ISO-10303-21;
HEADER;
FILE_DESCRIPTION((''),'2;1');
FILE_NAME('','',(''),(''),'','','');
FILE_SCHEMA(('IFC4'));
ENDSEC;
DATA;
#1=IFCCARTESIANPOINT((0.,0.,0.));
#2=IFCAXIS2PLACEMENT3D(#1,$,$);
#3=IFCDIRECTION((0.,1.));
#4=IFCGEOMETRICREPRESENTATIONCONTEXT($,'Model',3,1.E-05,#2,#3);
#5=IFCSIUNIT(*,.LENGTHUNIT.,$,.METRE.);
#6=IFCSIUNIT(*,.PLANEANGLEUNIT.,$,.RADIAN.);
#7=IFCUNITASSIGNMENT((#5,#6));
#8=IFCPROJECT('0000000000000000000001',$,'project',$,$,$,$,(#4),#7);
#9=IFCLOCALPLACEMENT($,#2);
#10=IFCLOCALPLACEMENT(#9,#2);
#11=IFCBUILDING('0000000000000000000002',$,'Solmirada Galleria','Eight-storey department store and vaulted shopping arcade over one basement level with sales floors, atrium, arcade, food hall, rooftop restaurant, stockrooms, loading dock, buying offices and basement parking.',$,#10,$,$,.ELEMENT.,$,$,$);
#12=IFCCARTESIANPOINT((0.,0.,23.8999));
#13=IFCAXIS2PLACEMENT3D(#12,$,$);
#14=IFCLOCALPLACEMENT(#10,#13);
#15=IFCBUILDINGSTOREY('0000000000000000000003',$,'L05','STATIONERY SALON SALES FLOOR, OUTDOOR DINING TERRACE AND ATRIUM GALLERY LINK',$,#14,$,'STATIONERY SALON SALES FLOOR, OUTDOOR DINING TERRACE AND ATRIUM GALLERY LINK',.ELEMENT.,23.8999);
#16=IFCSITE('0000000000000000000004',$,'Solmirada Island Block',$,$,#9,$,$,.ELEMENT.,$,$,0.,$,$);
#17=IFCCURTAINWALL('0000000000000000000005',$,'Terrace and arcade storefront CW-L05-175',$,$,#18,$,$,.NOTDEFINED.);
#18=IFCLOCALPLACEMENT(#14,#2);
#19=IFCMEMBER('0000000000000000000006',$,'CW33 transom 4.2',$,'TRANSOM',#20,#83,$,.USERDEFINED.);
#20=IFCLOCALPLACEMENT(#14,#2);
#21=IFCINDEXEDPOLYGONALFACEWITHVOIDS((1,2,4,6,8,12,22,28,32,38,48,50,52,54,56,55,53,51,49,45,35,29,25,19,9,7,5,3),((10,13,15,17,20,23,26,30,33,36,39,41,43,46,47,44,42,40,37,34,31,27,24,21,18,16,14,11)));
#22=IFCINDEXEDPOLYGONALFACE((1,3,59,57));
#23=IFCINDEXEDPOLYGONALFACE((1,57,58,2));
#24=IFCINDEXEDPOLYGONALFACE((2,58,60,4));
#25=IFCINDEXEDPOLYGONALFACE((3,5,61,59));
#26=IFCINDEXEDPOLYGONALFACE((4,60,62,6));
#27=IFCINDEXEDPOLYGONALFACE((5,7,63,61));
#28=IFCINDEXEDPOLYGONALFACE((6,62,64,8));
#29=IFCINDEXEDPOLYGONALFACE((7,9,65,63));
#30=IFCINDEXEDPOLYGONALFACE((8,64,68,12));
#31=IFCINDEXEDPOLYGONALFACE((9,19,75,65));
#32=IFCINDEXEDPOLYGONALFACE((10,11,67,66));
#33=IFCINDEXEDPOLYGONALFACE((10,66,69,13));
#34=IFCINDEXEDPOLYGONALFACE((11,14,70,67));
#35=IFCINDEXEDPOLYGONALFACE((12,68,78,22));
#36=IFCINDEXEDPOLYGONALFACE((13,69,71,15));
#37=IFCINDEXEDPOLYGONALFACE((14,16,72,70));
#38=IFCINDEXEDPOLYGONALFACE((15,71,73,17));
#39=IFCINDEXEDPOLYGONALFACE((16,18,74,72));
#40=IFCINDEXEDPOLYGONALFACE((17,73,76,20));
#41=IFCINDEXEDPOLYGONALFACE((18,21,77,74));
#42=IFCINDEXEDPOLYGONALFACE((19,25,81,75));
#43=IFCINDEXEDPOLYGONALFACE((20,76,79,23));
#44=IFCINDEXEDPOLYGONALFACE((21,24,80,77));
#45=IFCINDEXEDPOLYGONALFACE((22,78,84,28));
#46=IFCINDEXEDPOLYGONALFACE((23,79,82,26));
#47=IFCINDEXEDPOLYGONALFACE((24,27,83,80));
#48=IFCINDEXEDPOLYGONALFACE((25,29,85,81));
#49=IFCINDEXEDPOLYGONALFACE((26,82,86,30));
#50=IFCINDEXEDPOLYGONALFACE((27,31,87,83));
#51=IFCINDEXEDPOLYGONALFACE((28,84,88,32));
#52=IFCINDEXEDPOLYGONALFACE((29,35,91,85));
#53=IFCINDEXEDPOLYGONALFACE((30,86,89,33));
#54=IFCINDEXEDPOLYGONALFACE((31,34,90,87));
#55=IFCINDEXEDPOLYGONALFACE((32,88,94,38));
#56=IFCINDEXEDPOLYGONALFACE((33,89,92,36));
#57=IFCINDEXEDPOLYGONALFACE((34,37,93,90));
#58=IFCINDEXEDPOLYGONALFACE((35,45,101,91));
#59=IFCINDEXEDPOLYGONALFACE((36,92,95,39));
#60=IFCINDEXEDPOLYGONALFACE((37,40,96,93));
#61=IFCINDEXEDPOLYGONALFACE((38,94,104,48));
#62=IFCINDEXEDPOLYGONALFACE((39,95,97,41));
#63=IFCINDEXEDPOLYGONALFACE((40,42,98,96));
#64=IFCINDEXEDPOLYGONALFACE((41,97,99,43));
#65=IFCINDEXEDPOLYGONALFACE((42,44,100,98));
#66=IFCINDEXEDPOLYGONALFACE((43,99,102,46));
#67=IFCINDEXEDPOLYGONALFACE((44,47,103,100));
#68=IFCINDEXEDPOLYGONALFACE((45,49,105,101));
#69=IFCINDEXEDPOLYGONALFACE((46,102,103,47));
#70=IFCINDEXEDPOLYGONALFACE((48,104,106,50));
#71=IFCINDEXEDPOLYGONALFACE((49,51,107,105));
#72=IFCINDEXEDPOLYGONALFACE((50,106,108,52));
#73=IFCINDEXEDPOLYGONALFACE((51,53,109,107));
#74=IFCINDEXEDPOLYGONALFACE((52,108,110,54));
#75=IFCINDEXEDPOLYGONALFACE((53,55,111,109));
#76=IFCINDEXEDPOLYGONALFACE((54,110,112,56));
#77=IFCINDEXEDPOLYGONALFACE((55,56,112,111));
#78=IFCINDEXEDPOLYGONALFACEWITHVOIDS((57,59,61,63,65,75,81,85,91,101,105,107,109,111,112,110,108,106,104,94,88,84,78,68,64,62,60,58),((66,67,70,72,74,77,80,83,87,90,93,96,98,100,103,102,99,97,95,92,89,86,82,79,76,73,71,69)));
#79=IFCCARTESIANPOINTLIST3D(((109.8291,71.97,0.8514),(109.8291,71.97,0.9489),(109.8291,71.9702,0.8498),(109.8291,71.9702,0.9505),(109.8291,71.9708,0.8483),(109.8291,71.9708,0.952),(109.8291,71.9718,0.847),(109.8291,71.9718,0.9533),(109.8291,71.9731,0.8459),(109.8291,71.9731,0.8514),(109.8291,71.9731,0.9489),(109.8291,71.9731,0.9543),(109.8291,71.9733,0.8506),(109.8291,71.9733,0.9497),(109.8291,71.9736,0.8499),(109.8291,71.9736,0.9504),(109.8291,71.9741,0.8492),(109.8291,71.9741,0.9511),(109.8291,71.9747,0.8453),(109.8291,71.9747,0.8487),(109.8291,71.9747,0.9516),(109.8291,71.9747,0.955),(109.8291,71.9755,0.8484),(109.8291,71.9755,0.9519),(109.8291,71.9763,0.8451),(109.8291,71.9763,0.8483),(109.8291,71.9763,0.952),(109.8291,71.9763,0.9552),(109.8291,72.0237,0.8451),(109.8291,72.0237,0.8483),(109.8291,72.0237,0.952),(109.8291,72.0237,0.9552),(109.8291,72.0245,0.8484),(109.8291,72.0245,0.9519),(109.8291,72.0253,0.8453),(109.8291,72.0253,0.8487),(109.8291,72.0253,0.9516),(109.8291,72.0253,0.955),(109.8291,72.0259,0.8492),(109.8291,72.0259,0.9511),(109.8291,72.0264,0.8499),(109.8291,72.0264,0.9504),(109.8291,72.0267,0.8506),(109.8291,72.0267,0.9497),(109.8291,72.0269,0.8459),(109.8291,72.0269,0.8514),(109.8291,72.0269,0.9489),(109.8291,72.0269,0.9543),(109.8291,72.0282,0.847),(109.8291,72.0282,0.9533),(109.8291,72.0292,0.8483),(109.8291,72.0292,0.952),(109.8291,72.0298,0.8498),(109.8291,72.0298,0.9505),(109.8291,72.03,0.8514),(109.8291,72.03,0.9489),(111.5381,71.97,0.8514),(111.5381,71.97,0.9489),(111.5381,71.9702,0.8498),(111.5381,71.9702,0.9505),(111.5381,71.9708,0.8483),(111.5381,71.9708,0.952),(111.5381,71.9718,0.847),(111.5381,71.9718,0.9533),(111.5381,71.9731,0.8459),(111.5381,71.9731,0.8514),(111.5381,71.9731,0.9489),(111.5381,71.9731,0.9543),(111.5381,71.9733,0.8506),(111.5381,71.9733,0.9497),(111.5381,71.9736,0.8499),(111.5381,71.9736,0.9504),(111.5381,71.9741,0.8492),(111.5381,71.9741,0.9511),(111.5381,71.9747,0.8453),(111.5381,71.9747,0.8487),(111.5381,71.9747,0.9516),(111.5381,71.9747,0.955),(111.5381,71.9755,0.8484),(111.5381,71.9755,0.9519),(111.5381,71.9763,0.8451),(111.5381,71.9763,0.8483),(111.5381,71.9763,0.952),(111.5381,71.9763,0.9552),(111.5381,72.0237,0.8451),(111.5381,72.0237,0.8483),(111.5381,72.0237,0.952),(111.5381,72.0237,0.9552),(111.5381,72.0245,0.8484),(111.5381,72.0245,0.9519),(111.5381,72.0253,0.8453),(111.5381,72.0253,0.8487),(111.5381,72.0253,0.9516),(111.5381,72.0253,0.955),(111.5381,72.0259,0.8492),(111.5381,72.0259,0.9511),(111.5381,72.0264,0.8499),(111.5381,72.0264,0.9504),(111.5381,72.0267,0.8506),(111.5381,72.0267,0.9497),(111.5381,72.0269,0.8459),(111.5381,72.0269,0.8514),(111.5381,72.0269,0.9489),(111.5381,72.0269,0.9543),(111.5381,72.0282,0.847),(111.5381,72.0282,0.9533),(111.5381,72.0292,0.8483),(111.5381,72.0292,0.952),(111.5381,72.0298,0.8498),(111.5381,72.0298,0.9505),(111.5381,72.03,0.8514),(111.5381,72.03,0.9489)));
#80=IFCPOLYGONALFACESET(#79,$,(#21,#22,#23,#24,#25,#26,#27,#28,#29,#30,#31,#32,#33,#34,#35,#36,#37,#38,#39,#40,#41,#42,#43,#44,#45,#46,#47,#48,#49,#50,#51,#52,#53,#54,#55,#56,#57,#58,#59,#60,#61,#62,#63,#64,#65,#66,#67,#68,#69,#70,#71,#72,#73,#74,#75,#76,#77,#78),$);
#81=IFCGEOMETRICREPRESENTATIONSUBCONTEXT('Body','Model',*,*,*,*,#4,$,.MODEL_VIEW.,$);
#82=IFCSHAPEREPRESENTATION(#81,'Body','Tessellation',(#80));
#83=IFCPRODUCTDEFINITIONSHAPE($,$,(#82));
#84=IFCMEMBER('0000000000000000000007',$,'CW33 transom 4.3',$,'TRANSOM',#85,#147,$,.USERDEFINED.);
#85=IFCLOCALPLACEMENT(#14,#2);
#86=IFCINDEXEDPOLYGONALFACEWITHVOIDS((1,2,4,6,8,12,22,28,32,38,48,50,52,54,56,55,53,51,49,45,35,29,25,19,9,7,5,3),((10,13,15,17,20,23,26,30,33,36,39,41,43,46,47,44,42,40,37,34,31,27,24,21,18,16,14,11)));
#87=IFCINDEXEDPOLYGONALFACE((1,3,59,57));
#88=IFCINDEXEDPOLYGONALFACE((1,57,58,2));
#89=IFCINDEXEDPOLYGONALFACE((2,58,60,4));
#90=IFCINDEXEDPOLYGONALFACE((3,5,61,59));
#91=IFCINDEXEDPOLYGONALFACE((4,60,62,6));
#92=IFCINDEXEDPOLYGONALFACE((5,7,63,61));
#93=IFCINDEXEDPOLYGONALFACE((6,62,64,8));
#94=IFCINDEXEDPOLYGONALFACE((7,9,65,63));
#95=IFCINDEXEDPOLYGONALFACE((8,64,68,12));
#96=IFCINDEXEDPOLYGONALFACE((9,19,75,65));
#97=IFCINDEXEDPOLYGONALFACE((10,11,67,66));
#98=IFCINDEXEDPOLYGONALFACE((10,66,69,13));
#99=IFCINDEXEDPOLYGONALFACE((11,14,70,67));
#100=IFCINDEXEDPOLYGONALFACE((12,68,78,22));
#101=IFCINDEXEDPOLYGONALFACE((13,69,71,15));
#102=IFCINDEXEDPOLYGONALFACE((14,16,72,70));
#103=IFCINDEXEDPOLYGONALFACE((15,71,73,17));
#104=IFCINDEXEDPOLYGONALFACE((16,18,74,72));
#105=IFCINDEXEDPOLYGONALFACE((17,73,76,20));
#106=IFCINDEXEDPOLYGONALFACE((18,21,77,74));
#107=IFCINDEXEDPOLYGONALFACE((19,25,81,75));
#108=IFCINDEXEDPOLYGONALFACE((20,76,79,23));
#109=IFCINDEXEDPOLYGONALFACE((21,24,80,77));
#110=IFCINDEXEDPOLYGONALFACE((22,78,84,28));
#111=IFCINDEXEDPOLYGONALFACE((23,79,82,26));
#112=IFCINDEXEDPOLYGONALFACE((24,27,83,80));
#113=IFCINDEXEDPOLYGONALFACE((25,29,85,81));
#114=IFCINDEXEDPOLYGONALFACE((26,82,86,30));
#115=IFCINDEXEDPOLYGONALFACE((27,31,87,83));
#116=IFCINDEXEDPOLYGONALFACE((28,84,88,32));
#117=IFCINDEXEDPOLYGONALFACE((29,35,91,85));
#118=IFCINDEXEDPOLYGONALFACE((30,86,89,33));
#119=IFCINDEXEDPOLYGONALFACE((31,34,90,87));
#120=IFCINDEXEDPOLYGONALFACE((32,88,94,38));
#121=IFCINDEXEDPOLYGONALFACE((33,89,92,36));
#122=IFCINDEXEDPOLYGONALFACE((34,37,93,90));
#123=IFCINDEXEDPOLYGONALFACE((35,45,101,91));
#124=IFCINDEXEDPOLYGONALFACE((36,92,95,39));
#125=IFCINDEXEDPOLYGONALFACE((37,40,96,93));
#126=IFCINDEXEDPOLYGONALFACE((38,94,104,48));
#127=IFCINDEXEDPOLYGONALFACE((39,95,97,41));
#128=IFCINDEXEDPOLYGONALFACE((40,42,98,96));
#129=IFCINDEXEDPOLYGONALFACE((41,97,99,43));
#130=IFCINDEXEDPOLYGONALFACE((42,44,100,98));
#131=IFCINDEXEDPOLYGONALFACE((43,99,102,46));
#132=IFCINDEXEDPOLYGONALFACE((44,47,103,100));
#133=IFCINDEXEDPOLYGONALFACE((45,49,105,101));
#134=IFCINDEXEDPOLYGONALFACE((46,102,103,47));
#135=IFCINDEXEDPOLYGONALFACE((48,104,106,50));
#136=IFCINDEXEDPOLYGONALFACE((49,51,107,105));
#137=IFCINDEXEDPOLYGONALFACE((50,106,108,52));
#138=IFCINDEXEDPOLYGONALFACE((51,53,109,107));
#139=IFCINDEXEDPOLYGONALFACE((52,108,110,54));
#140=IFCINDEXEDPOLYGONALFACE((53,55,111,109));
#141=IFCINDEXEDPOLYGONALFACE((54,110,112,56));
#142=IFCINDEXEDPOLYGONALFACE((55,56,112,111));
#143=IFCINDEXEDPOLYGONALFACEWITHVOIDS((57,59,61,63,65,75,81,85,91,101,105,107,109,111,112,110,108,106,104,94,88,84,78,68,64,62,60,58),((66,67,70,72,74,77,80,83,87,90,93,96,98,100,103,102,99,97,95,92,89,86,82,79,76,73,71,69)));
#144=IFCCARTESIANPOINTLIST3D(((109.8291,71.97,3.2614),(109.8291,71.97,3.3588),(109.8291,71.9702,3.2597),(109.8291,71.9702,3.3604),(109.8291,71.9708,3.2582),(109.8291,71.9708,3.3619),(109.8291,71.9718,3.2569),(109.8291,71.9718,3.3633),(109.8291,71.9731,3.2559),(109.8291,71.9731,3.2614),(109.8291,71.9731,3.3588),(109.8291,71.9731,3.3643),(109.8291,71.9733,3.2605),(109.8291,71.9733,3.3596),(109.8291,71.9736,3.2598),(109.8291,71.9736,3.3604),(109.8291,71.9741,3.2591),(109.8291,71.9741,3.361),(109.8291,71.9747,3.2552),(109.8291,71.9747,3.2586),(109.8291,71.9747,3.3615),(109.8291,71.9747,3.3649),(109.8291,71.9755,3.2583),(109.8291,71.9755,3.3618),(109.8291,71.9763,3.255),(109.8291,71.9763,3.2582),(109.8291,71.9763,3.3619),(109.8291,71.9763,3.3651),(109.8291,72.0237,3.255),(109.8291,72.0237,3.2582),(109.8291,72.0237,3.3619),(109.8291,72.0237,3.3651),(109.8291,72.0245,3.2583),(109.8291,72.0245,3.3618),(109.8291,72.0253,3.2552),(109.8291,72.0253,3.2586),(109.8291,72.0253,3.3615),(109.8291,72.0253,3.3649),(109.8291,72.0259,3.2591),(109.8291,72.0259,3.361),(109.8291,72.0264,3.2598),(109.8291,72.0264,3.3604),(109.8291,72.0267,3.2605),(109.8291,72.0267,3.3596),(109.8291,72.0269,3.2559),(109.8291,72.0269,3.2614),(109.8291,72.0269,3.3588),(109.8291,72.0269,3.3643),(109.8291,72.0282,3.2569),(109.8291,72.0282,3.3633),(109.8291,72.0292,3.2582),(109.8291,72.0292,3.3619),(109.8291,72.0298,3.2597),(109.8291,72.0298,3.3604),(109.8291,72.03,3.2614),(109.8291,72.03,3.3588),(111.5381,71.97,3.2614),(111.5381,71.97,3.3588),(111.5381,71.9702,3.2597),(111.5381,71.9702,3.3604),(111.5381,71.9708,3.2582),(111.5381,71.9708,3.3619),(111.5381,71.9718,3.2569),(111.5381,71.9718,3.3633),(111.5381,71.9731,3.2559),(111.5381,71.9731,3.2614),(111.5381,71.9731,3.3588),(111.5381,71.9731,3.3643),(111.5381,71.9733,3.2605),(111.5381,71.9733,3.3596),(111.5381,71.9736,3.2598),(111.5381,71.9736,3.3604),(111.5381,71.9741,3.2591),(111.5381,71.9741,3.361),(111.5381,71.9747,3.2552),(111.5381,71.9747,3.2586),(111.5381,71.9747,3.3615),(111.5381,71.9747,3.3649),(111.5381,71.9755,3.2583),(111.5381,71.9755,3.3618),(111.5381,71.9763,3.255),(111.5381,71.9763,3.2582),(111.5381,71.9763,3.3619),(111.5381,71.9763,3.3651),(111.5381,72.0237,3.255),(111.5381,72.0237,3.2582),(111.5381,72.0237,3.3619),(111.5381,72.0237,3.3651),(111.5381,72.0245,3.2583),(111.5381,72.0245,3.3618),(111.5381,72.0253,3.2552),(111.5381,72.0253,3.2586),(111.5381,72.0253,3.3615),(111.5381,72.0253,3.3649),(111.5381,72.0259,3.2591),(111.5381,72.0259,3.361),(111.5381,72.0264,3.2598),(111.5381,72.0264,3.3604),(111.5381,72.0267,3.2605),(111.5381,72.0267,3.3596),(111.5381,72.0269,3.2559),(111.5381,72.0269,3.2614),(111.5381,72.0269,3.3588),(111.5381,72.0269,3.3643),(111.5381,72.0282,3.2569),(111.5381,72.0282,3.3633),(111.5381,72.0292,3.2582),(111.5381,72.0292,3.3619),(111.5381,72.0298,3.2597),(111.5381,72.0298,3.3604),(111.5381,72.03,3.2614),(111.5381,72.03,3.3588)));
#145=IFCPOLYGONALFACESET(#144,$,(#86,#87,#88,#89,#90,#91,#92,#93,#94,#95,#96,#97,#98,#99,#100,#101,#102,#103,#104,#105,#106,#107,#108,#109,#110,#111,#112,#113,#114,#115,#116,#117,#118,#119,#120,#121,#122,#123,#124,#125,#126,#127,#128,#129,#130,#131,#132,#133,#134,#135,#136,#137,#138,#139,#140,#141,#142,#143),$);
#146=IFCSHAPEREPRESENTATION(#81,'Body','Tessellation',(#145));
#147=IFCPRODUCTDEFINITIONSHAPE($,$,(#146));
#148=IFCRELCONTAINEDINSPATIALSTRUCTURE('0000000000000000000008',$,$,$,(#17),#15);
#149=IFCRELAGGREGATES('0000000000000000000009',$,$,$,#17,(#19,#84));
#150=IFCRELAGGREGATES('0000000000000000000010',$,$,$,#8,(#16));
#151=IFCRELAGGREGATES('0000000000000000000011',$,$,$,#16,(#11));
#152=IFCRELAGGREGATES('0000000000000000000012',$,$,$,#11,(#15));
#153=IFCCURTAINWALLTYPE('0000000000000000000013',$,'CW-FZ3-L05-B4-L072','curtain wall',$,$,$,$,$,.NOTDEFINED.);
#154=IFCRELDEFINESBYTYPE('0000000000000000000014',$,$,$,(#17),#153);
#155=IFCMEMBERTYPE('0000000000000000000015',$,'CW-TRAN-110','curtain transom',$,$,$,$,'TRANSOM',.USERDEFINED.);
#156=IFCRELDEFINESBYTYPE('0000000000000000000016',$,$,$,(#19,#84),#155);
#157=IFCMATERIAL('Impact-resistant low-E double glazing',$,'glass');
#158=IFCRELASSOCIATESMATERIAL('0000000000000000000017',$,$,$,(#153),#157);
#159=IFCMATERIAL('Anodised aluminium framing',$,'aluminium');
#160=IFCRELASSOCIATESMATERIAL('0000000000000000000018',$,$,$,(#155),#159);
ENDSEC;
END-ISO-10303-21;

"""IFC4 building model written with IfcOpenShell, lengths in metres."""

from ifc_helpers import new_model, si_unit, direction, frame, origin, origin_2d, place, context, subcontext, project, spatial, hollow_rectangle, extrude, material, material_profile, profile_set, type_object, element, aggregate, save


model = new_model("IFC4")

# Units and contexts
model_context = context("Model", 3, precision=1e-05, world=origin(), true_north=direction((0.0, 1.0)))
body_context = subcontext(model_context, "Body", "Model", "MODEL_VIEW")
ifc_project = project(units=[si_unit("LENGTHUNIT", "METRE"), si_unit("PLANEANGLEUNIT", "RADIAN")], contexts=[model_context])

# Site, building, storey
site_placement = place(None, origin())
site = spatial("IfcSite", under=ifc_project, at=site_placement, Name="Solmirada Island Block", CompositionType="ELEMENT", RefElevation=0.0)
building_placement = place(site_placement, origin())
building = spatial("IfcBuilding", under=site, at=building_placement, Name="Solmirada Galleria", Description="Eight-storey department store and vaulted shopping arcade over one basement level with sales floors, atrium, arcade, food hall, rooftop restaurant, stockrooms, loading dock, buying offices and basement parking.", CompositionType="ELEMENT")
storey_placement = place(building_placement, frame((0.0, 0.0, 23.8999)))
storey = spatial("IfcBuildingStorey", under=building, at=storey_placement, Name="L05", Description="STATIONERY SALON SALES FLOOR, OUTDOOR DINING TERRACE AND ATRIUM GALLERY LINK", LongName="STATIONERY SALON SALES FLOOR, OUTDOOR DINING TERRACE AND ATRIUM GALLERY LINK", CompositionType="ELEMENT", Elevation=23.8999)

# Curtain wall
ifc_material_1 = material(Name="Impact-resistant low-E double glazing", Category="glass")
curtain_wall_type = type_object("IfcCurtainWallType", Name="CW-FZ3-L05-B4-L072", Description="curtain wall", PredefinedType="NOTDEFINED", material=ifc_material_1)
curtain_wall_1_placement = place(storey_placement, origin())
curtain_wall_1 = element("IfcCurtainWall", 1, at=curtain_wall_1_placement, inside=storey, type_object=curtain_wall_type, Name="Terrace and arcade storefront CW-L05-175", PredefinedType="NOTDEFINED")
ifc_material_2 = material(Name="Anodised aluminium framing", Category="aluminium")

# Members
ifc_material_profile_1 = material_profile(ifc_material_2, hollow_rectangle(XDim=0.0601, YDim=0.1101, WallThickness=0.0032, InnerFilletRadius=0.0032, OuterFilletRadius=0.0063, at=origin_2d()), Name="ALU-TRAN-110X60")
ifc_profile_set_1 = profile_set([ifc_material_profile_1], Name="Anodised aluminium framing")
member_type_1 = type_object("IfcMemberType", Name="CW-TRAN-110", Description="curtain transom", ElementType="TRANSOM", PredefinedType="USERDEFINED", material=ifc_profile_set_1)
member_1_placement = place(storey_placement, frame((109.8291, 72.0, 0.9001), z_axis=(1.0, 0.0, 0.0), x_axis=(0.0, 1.0, 0.0)))
member_1 = element("IfcMember", 2, at=member_1_placement, type_object=member_type_1, Name="CW33 transom 4.2", ObjectType="TRANSOM", PredefinedType="USERDEFINED", context=body_context, shape_type="SweptSolid", body=[
    extrude(hollow_rectangle(XDim=0.0601, YDim=0.1101, WallThickness=0.0032, InnerFilletRadius=0.0032, OuterFilletRadius=0.0063, at=origin_2d()), origin(), (0.0, 0.0, 1.0), 1.709),
])
member_2_placement = place(storey_placement, frame((109.8291, 72.0, 3.3101), z_axis=(1.0, 0.0, 0.0), x_axis=(0.0, 1.0, 0.0)))
member_2 = element("IfcMember", 3, at=member_2_placement, type_object=member_type_1, Name="CW33 transom 4.3", ObjectType="TRANSOM", PredefinedType="USERDEFINED", context=body_context, shape_type="SweptSolid", body=[
    extrude(hollow_rectangle(XDim=0.0601, YDim=0.1101, WallThickness=0.0032, InnerFilletRadius=0.0032, OuterFilletRadius=0.0063, at=origin_2d()), origin(), (0.0, 0.0, 1.0), 1.709),
])

aggregate(curtain_wall_1, [member_1, member_2])

save(model, "model.ifc")
